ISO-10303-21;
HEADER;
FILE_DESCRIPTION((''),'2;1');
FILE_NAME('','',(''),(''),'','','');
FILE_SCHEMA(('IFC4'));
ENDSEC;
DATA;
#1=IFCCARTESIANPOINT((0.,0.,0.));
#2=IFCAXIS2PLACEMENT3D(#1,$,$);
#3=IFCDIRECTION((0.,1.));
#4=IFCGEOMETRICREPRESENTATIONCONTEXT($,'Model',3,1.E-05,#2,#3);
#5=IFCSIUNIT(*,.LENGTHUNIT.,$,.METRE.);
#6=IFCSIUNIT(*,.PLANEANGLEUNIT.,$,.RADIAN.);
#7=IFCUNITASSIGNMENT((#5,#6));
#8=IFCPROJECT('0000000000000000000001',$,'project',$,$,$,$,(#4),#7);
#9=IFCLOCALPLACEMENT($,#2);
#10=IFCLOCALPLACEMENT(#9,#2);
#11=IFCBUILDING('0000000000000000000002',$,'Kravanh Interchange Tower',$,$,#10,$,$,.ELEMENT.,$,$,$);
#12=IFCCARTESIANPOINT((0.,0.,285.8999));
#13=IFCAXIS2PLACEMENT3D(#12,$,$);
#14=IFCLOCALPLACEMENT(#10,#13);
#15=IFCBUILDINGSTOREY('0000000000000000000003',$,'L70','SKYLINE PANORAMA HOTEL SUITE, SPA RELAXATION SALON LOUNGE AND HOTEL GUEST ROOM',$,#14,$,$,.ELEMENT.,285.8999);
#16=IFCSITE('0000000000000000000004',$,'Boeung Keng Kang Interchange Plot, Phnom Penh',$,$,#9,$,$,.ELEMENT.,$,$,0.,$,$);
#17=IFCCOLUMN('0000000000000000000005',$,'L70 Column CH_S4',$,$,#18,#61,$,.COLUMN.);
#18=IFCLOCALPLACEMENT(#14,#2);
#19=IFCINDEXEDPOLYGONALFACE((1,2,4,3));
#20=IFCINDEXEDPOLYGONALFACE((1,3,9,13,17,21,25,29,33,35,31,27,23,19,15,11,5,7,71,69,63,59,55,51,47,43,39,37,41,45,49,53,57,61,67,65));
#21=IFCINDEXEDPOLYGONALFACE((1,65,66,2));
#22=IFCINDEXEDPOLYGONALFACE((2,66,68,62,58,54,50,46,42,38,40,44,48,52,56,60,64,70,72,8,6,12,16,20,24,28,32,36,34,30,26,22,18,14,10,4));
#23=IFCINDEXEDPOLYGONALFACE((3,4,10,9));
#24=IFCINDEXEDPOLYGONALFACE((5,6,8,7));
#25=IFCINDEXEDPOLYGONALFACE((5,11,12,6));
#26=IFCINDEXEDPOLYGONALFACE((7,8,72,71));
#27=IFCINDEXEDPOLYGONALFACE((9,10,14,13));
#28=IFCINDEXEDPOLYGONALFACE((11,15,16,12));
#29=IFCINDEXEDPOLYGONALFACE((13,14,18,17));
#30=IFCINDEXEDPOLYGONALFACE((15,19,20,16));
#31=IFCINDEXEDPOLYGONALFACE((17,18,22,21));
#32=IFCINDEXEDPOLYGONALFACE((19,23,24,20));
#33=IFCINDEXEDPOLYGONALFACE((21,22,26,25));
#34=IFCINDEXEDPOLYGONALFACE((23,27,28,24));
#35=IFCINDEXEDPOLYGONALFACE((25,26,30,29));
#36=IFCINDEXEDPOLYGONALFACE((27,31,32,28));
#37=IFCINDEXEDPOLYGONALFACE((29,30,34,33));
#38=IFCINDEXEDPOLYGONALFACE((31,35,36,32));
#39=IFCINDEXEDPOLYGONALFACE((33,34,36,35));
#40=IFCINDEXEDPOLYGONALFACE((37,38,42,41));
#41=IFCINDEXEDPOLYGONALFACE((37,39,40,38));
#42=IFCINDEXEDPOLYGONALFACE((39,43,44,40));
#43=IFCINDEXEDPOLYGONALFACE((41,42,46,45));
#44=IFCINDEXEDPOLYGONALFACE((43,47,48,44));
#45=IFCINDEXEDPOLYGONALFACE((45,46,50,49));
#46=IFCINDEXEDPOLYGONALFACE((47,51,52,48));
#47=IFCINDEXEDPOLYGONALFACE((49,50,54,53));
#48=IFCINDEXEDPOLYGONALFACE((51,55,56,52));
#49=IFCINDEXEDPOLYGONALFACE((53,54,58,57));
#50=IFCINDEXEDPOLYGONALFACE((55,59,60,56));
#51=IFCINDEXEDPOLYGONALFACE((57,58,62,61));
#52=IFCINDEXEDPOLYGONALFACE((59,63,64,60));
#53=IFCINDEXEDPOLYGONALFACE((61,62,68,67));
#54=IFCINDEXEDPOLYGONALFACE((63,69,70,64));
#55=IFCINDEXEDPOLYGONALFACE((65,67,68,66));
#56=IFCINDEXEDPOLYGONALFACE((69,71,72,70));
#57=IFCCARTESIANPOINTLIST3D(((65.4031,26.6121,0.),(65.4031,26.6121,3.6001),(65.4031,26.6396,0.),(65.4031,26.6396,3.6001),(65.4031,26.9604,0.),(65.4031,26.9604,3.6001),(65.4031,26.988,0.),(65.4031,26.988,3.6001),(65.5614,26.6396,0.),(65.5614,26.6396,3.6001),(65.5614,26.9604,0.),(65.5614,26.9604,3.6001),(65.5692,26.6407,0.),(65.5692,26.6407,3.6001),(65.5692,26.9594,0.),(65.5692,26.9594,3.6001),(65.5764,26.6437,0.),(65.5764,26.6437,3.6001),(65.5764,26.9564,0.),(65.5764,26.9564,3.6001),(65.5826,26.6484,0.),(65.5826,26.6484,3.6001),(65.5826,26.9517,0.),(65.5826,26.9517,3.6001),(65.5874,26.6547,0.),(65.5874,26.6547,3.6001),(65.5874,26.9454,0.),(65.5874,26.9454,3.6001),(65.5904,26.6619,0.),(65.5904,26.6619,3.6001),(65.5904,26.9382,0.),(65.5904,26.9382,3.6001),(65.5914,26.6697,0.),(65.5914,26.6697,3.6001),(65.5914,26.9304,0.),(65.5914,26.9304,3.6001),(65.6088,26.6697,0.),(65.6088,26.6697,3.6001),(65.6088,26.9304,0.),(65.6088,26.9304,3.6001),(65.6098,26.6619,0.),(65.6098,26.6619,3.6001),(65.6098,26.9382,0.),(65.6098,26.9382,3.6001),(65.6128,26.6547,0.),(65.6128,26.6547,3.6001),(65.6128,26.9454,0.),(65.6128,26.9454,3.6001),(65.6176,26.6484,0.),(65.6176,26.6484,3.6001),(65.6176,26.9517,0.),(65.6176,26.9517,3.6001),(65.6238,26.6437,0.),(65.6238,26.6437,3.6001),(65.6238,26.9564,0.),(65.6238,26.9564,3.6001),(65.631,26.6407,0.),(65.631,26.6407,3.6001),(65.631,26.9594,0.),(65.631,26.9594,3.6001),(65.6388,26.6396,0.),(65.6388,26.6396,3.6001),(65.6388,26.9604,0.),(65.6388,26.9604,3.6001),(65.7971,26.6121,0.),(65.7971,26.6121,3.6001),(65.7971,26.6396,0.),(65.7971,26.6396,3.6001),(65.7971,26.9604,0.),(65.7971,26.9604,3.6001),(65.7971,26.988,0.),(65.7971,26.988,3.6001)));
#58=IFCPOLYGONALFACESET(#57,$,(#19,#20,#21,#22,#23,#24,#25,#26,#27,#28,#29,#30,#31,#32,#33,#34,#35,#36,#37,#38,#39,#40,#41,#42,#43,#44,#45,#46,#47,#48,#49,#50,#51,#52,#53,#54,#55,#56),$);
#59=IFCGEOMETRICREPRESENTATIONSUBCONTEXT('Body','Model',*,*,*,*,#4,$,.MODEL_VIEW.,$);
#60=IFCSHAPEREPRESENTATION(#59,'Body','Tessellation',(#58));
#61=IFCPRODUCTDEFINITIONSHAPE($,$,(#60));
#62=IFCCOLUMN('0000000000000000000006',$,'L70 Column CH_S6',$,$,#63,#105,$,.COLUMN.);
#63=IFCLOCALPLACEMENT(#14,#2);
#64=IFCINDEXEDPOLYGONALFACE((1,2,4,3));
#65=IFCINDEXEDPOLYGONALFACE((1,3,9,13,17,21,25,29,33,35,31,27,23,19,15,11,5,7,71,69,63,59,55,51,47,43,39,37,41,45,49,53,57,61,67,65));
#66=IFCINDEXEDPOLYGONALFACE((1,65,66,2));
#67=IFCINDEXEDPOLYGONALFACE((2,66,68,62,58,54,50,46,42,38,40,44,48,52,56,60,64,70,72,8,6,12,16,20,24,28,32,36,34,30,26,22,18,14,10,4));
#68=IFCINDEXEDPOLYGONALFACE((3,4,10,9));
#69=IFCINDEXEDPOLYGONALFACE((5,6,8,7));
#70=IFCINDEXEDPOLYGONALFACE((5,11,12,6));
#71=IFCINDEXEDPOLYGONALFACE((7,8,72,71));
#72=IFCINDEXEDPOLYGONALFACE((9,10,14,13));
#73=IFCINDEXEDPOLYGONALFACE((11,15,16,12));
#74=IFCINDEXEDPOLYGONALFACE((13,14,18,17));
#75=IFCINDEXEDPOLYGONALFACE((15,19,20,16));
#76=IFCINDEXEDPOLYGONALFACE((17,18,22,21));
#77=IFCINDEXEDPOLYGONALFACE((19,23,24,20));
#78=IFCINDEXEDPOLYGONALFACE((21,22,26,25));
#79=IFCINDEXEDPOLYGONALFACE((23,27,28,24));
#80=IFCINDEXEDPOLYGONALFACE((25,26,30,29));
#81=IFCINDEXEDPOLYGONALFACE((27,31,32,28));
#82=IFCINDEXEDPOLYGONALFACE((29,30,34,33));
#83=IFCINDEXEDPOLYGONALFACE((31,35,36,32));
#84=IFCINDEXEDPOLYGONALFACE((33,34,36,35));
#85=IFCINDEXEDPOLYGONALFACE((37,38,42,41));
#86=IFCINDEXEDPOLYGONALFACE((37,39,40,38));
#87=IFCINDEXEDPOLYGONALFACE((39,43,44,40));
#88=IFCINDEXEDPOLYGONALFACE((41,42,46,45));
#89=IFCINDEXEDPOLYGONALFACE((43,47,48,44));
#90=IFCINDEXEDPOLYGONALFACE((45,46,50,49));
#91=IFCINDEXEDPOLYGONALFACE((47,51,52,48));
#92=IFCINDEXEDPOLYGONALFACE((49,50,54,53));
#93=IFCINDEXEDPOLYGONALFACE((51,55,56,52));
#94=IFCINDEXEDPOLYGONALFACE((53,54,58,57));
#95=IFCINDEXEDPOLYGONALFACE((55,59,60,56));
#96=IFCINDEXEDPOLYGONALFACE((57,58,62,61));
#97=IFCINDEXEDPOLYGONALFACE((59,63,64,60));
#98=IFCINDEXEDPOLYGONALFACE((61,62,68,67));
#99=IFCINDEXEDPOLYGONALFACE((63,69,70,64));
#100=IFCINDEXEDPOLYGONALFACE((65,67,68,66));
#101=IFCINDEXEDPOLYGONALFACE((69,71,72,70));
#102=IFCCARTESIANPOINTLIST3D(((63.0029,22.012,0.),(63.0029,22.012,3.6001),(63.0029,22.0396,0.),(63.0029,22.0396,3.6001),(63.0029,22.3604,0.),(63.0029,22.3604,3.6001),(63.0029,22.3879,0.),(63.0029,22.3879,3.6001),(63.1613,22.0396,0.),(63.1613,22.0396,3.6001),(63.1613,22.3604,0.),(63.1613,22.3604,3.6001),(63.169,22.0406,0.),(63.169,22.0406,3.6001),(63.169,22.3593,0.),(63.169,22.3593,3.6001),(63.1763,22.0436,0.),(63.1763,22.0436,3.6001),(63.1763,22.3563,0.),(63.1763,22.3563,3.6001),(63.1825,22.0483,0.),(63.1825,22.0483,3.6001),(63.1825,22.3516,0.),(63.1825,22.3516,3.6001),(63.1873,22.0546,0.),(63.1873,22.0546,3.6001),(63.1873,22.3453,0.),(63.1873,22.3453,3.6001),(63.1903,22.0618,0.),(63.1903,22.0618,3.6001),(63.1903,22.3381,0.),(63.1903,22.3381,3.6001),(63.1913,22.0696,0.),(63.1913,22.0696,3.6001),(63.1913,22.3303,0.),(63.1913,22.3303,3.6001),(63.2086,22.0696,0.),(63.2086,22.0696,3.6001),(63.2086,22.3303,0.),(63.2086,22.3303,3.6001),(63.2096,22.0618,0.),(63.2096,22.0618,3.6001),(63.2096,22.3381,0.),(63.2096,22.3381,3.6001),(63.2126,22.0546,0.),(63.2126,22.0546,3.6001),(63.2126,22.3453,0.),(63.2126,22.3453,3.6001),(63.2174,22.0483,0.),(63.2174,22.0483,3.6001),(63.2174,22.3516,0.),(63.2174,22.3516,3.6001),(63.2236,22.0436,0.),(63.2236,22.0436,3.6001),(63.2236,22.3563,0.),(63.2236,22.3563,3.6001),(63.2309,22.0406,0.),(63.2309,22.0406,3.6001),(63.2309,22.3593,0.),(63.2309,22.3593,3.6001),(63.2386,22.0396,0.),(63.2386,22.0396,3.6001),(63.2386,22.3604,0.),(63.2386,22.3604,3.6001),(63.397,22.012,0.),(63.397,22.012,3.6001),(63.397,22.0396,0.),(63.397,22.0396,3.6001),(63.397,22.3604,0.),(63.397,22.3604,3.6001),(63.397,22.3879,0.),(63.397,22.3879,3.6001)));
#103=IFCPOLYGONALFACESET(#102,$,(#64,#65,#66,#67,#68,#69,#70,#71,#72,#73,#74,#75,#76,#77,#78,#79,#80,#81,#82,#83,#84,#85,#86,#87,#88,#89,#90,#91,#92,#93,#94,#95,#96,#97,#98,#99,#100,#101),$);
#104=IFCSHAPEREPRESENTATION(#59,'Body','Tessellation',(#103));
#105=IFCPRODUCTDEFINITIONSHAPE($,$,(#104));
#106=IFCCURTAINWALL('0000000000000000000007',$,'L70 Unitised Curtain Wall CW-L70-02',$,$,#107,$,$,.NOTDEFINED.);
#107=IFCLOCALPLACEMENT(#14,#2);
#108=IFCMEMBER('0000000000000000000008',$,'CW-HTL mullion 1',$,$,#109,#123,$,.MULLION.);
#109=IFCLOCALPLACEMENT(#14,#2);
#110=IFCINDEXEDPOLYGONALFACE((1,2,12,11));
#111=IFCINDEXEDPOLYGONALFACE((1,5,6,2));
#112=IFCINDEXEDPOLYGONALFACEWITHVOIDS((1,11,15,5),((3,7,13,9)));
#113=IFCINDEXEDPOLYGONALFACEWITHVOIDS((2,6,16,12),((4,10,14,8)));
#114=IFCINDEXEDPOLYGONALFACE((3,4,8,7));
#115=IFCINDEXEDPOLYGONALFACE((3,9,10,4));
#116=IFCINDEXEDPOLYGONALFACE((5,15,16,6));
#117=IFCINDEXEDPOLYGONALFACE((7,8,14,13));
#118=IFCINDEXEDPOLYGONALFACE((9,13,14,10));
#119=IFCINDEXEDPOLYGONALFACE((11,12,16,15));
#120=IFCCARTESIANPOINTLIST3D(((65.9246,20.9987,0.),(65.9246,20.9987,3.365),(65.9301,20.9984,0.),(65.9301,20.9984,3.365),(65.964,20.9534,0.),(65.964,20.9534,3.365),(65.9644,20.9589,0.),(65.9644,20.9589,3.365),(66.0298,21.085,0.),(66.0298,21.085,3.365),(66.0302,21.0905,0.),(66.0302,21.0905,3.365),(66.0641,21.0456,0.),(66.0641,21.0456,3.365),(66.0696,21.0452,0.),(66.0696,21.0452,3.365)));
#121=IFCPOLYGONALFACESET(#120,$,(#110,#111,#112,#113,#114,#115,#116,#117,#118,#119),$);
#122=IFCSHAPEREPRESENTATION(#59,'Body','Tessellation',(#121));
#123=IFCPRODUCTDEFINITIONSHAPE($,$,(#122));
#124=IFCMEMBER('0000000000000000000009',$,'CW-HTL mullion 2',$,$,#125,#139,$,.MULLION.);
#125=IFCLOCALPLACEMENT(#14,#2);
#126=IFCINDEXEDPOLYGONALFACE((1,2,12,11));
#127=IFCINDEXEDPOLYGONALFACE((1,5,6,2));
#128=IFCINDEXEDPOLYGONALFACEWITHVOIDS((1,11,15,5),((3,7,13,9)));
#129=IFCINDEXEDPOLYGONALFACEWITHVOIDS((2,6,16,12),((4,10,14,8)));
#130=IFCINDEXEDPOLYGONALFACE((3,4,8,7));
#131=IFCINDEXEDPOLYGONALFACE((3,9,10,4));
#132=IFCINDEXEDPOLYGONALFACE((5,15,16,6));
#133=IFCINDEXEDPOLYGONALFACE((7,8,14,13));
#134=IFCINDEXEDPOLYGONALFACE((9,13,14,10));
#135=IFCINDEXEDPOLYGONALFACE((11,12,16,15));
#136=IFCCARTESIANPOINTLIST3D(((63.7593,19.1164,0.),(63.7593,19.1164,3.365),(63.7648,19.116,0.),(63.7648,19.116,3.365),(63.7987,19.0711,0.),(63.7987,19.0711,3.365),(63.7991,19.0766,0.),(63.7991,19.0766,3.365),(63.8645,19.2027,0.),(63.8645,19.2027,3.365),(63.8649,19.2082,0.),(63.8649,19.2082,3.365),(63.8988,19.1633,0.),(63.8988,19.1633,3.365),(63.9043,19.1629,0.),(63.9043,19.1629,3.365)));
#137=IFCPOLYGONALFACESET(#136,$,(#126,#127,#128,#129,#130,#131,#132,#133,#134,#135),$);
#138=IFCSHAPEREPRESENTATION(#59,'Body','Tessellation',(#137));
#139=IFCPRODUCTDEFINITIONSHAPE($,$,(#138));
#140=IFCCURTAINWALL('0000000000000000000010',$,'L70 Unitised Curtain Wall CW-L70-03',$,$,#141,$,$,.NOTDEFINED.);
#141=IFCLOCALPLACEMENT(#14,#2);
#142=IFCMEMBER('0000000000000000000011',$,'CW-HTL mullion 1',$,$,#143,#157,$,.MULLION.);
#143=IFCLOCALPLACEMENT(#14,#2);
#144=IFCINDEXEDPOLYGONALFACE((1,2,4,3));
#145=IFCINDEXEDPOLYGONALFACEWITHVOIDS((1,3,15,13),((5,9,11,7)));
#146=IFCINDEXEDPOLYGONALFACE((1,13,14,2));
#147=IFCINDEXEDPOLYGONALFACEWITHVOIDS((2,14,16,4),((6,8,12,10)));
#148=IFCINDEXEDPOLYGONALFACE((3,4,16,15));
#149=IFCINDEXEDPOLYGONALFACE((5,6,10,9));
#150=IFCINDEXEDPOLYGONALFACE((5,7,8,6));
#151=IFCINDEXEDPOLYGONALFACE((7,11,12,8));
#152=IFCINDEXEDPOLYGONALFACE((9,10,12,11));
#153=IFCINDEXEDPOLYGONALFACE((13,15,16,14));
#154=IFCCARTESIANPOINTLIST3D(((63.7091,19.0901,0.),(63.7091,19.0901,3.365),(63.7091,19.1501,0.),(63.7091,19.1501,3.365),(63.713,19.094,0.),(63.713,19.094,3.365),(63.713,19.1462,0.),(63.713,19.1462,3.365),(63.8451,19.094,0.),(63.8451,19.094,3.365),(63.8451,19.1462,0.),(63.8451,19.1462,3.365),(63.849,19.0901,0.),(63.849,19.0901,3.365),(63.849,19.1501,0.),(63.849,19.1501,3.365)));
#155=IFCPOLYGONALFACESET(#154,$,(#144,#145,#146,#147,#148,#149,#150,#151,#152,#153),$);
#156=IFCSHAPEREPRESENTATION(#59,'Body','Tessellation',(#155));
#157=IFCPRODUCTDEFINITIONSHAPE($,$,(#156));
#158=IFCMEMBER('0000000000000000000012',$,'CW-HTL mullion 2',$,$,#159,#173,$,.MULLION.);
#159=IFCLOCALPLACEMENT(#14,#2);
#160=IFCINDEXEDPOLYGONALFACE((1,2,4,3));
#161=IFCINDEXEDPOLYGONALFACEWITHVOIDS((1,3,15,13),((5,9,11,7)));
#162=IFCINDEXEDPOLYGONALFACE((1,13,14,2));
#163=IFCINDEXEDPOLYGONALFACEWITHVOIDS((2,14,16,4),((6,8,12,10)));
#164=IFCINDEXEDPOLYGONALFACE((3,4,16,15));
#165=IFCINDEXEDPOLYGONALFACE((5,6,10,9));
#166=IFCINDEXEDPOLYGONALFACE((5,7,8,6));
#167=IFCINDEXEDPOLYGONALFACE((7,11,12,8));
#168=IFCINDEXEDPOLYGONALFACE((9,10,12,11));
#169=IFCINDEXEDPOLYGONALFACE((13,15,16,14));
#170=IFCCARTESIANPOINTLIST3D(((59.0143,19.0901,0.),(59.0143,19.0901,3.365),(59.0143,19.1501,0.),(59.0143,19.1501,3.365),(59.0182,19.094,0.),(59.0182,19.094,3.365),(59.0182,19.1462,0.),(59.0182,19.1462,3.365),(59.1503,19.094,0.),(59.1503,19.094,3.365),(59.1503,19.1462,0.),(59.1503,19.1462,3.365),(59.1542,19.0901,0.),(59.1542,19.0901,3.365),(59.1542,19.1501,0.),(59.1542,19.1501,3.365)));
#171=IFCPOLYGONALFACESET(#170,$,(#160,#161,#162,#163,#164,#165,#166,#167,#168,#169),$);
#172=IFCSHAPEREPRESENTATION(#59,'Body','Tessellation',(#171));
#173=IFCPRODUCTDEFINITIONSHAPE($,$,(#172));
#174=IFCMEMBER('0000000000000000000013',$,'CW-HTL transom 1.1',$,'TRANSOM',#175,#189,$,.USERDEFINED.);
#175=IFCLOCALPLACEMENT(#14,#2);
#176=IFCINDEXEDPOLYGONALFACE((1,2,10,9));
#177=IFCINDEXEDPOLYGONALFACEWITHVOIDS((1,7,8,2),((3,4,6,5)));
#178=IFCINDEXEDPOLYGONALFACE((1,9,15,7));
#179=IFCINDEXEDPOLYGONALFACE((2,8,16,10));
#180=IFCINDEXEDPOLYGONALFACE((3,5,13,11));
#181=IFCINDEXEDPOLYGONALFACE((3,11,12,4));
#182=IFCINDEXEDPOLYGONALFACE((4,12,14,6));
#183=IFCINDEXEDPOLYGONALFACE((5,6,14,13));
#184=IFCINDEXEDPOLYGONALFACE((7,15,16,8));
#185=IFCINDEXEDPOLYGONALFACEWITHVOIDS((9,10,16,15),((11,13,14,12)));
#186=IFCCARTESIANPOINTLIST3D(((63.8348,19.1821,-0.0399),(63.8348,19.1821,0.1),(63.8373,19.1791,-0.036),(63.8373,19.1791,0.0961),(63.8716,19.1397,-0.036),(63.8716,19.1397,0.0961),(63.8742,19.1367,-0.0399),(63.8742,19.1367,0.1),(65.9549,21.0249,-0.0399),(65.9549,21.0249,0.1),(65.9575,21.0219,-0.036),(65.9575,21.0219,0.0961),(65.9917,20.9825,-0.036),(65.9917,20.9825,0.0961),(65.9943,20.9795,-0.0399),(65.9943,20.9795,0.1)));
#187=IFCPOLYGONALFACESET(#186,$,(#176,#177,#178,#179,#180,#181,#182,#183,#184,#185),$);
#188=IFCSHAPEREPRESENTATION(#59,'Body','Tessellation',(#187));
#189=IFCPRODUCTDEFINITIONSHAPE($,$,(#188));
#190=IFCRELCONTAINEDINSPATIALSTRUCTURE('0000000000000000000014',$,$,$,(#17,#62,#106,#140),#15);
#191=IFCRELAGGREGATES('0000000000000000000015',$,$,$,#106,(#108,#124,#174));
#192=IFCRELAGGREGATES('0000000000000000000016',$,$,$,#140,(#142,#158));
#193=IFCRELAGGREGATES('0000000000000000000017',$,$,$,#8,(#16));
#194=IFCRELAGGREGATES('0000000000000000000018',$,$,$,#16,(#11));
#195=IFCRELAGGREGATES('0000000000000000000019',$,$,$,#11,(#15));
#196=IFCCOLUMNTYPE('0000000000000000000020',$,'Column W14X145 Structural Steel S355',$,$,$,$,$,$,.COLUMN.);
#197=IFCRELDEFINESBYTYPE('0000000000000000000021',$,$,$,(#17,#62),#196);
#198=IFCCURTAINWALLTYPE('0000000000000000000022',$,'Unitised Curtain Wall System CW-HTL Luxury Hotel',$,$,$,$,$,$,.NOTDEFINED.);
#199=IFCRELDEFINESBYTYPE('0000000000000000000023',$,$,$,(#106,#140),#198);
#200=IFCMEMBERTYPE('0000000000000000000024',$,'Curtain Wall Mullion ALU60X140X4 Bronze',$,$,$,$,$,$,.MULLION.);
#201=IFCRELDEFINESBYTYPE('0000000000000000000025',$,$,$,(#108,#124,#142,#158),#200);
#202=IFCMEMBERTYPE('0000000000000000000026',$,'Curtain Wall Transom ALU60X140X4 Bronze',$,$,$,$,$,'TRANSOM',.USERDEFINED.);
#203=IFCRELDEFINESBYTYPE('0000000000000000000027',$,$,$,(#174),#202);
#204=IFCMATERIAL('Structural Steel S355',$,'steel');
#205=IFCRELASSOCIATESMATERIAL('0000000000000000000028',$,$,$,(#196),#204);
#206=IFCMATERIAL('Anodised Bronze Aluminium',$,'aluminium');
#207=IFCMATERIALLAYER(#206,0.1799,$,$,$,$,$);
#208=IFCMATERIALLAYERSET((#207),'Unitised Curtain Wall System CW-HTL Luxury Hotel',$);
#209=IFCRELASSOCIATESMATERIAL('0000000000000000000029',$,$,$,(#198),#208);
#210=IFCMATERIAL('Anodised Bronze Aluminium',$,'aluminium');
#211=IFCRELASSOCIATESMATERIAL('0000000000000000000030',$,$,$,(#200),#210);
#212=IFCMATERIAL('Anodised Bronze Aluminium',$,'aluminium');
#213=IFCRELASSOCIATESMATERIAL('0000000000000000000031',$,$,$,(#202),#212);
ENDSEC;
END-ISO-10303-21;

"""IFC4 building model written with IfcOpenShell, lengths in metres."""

from ifc_helpers import new_model, si_unit, direction, frame, origin, origin_2d, place, context, subcontext, project, spatial, hollow_rectangle, i_section, extrude, material, layer, layer_set, material_profile, profile_set, type_object, element, aggregate, save


model = new_model("IFC4")

# Units and contexts
model_context = context("Model", 3, precision=1e-05, world=origin(), true_north=direction((0.0, 1.0)))
body_context = subcontext(model_context, "Body", "Model", "MODEL_VIEW")
ifc_project = project(units=[si_unit("LENGTHUNIT", "METRE"), si_unit("PLANEANGLEUNIT", "RADIAN")], contexts=[model_context])

# Site, building, storey
site_placement = place(None, origin())
site = spatial("IfcSite", under=ifc_project, at=site_placement, Name="Boeung Keng Kang Interchange Plot, Phnom Penh", CompositionType="ELEMENT", RefElevation=0.0)
building_placement = place(site_placement, origin())
building = spatial("IfcBuilding", under=site, at=building_placement, Name="Kravanh Interchange Tower", CompositionType="ELEMENT")
storey_placement = place(building_placement, frame((0.0, 0.0, 285.8999)))
storey = spatial("IfcBuildingStorey", under=building, at=storey_placement, Name="L70", Description="SKYLINE PANORAMA HOTEL SUITE, SPA RELAXATION SALON LOUNGE AND HOTEL GUEST ROOM", CompositionType="ELEMENT", Elevation=285.8999)

# Columns
ifc_material_1 = material(Name="Structural Steel S355", Category="steel")
ifc_material_profile_1 = material_profile(ifc_material_1, i_section(OverallWidth=0.394, OverallDepth=0.376, WebThickness=0.0173, FlangeThickness=0.0276, FilletRadius=0.03, at=origin_2d()), Name="W14X145")
ifc_profile_set_1 = profile_set([ifc_material_profile_1], Name="Structural Steel S355")
column_type = type_object("IfcColumnType", Name="Column W14X145 Structural Steel S355", PredefinedType="COLUMN", material=ifc_profile_set_1)
for number, where, z_axis, x_axis, name in (
    (1, (65.6001, 26.8, 0.0), (0.0, 0.0, 1.0), (1.0, 0.0, 0.0), "L70 Column CH_S4"),
    (2, (63.2, 22.2, 0.0), (0.0, 0.0, 1.0), (1.0, 0.0, 0.0), "L70 Column CH_S6"),
):
    element("IfcColumn", number, at=place(storey_placement, frame(where, z_axis=z_axis, x_axis=x_axis)), inside=storey, type_object=column_type, Name=name, PredefinedType="COLUMN", context=body_context, shape_type="SweptSolid", body=[
        extrude(i_section(OverallWidth=0.394, OverallDepth=0.376, WebThickness=0.0173, FlangeThickness=0.0276, FilletRadius=0.03, at=origin_2d()), origin(), (0.0, 0.0, 1.0), 3.6001),
    ])

# Curtain walls, members
ifc_material_2 = material(Name="Anodised Bronze Aluminium", Category="aluminium")
ifc_layer_1 = layer(ifc_material_2, 0.1799)
ifc_layer_set_1 = layer_set([ifc_layer_1], Name="Unitised Curtain Wall System CW-HTL Luxury Hotel")
curtain_wall_type = type_object("IfcCurtainWallType", Name="Unitised Curtain Wall System CW-HTL Luxury Hotel", PredefinedType="NOTDEFINED", material=ifc_layer_set_1)
curtain_wall_1_placement = place(storey_placement, origin())
curtain_wall_1 = element("IfcCurtainWall", 3, at=curtain_wall_1_placement, inside=storey, type_object=curtain_wall_type, Name="L70 Unitised Curtain Wall CW-L70-02", PredefinedType="NOTDEFINED")
ifc_material_3 = material(Name="Anodised Bronze Aluminium", Category="aluminium")
ifc_material_profile_2 = material_profile(ifc_material_3, hollow_rectangle(XDim=0.0601, YDim=0.1399, WallThickness=0.0039, at=origin_2d()), Name="ALU60X140X4")
ifc_profile_set_2 = profile_set([ifc_material_profile_2], Name="Anodised Bronze Aluminium")
member_type_1 = type_object("IfcMemberType", Name="Curtain Wall Mullion ALU60X140X4 Bronze", PredefinedType="MULLION", material=ifc_profile_set_2)
member_1_placement = place(storey_placement, frame((65.9971, 21.022, 0.0), z_axis=(0.0, 0.0, 1.0), x_axis=(0.656033, -0.754732, 0.0)))
member_1 = element("IfcMember", 4, at=member_1_placement, type_object=member_type_1, Name="CW-HTL mullion 1", PredefinedType="MULLION", context=body_context, shape_type="SweptSolid", body=[
    extrude(hollow_rectangle(XDim=0.0601, YDim=0.1399, WallThickness=0.0039, at=origin_2d()), origin(), (0.0, 0.0, 1.0), 3.365),
])
member_2_placement = place(storey_placement, frame((63.8318, 19.1396, 0.0), z_axis=(0.0, 0.0, 1.0), x_axis=(0.656033, -0.754732, 0.0)))
member_2 = element("IfcMember", 5, at=member_2_placement, type_object=member_type_1, Name="CW-HTL mullion 2", PredefinedType="MULLION", context=body_context, shape_type="SweptSolid", body=[
    extrude(hollow_rectangle(XDim=0.0601, YDim=0.1399, WallThickness=0.0039, at=origin_2d()), origin(), (0.0, 0.0, 1.0), 3.365),
])
curtain_wall_2_placement = place(storey_placement, origin())
curtain_wall_2 = element("IfcCurtainWall", 6, at=curtain_wall_2_placement, inside=storey, type_object=curtain_wall_type, Name="L70 Unitised Curtain Wall CW-L70-03", PredefinedType="NOTDEFINED")
member_3_placement = place(storey_placement, frame((63.7791, 19.1201, 0.0), z_axis=(0.0, 0.0, 1.0), x_axis=(0.0, -1.0, 0.0)))
member_3 = element("IfcMember", 7, at=member_3_placement, type_object=member_type_1, Name="CW-HTL mullion 1", PredefinedType="MULLION", context=body_context, shape_type="SweptSolid", body=[
    extrude(hollow_rectangle(XDim=0.0601, YDim=0.1399, WallThickness=0.0039, at=origin_2d()), origin(), (0.0, 0.0, 1.0), 3.365),
])
member_4_placement = place(storey_placement, frame((59.0842, 19.1201, 0.0), z_axis=(0.0, 0.0, 1.0), x_axis=(0.0, -1.0, 0.0)))
member_4 = element("IfcMember", 8, at=member_4_placement, type_object=member_type_1, Name="CW-HTL mullion 2", PredefinedType="MULLION", context=body_context, shape_type="SweptSolid", body=[
    extrude(hollow_rectangle(XDim=0.0601, YDim=0.1399, WallThickness=0.0039, at=origin_2d()), origin(), (0.0, 0.0, 1.0), 3.365),
])

# Member
ifc_material_4 = material(Name="Anodised Bronze Aluminium", Category="aluminium")
ifc_material_profile_3 = material_profile(ifc_material_4, hollow_rectangle(XDim=0.0601, YDim=0.1399, WallThickness=0.0039, at=origin_2d()), Name="ALU60X140X4")
ifc_profile_set_3 = profile_set([ifc_material_profile_3], Name="Anodised Bronze Aluminium")
member_type_2 = type_object("IfcMemberType", Name="Curtain Wall Transom ALU60X140X4 Bronze", ElementType="TRANSOM", PredefinedType="USERDEFINED", material=ifc_profile_set_3)
member_5_placement = place(storey_placement, frame((65.9746, 21.0022, 0.03), z_axis=(-0.754748, -0.656015, 0.0), x_axis=(0.656015, -0.754748, 0.0)))
member_5 = element("IfcMember", 9, at=member_5_placement, type_object=member_type_2, Name="CW-HTL transom 1.1", ObjectType="TRANSOM", PredefinedType="USERDEFINED", context=body_context, shape_type="SweptSolid", body=[
    extrude(hollow_rectangle(XDim=0.0601, YDim=0.1399, WallThickness=0.0039, at=origin_2d()), origin(), (0.0, 0.0, 1.0), 2.8091),
])

aggregate(curtain_wall_1, [member_1, member_2, member_5])
aggregate(curtain_wall_2, [member_3, member_4])

save(model, "model.ifc")
